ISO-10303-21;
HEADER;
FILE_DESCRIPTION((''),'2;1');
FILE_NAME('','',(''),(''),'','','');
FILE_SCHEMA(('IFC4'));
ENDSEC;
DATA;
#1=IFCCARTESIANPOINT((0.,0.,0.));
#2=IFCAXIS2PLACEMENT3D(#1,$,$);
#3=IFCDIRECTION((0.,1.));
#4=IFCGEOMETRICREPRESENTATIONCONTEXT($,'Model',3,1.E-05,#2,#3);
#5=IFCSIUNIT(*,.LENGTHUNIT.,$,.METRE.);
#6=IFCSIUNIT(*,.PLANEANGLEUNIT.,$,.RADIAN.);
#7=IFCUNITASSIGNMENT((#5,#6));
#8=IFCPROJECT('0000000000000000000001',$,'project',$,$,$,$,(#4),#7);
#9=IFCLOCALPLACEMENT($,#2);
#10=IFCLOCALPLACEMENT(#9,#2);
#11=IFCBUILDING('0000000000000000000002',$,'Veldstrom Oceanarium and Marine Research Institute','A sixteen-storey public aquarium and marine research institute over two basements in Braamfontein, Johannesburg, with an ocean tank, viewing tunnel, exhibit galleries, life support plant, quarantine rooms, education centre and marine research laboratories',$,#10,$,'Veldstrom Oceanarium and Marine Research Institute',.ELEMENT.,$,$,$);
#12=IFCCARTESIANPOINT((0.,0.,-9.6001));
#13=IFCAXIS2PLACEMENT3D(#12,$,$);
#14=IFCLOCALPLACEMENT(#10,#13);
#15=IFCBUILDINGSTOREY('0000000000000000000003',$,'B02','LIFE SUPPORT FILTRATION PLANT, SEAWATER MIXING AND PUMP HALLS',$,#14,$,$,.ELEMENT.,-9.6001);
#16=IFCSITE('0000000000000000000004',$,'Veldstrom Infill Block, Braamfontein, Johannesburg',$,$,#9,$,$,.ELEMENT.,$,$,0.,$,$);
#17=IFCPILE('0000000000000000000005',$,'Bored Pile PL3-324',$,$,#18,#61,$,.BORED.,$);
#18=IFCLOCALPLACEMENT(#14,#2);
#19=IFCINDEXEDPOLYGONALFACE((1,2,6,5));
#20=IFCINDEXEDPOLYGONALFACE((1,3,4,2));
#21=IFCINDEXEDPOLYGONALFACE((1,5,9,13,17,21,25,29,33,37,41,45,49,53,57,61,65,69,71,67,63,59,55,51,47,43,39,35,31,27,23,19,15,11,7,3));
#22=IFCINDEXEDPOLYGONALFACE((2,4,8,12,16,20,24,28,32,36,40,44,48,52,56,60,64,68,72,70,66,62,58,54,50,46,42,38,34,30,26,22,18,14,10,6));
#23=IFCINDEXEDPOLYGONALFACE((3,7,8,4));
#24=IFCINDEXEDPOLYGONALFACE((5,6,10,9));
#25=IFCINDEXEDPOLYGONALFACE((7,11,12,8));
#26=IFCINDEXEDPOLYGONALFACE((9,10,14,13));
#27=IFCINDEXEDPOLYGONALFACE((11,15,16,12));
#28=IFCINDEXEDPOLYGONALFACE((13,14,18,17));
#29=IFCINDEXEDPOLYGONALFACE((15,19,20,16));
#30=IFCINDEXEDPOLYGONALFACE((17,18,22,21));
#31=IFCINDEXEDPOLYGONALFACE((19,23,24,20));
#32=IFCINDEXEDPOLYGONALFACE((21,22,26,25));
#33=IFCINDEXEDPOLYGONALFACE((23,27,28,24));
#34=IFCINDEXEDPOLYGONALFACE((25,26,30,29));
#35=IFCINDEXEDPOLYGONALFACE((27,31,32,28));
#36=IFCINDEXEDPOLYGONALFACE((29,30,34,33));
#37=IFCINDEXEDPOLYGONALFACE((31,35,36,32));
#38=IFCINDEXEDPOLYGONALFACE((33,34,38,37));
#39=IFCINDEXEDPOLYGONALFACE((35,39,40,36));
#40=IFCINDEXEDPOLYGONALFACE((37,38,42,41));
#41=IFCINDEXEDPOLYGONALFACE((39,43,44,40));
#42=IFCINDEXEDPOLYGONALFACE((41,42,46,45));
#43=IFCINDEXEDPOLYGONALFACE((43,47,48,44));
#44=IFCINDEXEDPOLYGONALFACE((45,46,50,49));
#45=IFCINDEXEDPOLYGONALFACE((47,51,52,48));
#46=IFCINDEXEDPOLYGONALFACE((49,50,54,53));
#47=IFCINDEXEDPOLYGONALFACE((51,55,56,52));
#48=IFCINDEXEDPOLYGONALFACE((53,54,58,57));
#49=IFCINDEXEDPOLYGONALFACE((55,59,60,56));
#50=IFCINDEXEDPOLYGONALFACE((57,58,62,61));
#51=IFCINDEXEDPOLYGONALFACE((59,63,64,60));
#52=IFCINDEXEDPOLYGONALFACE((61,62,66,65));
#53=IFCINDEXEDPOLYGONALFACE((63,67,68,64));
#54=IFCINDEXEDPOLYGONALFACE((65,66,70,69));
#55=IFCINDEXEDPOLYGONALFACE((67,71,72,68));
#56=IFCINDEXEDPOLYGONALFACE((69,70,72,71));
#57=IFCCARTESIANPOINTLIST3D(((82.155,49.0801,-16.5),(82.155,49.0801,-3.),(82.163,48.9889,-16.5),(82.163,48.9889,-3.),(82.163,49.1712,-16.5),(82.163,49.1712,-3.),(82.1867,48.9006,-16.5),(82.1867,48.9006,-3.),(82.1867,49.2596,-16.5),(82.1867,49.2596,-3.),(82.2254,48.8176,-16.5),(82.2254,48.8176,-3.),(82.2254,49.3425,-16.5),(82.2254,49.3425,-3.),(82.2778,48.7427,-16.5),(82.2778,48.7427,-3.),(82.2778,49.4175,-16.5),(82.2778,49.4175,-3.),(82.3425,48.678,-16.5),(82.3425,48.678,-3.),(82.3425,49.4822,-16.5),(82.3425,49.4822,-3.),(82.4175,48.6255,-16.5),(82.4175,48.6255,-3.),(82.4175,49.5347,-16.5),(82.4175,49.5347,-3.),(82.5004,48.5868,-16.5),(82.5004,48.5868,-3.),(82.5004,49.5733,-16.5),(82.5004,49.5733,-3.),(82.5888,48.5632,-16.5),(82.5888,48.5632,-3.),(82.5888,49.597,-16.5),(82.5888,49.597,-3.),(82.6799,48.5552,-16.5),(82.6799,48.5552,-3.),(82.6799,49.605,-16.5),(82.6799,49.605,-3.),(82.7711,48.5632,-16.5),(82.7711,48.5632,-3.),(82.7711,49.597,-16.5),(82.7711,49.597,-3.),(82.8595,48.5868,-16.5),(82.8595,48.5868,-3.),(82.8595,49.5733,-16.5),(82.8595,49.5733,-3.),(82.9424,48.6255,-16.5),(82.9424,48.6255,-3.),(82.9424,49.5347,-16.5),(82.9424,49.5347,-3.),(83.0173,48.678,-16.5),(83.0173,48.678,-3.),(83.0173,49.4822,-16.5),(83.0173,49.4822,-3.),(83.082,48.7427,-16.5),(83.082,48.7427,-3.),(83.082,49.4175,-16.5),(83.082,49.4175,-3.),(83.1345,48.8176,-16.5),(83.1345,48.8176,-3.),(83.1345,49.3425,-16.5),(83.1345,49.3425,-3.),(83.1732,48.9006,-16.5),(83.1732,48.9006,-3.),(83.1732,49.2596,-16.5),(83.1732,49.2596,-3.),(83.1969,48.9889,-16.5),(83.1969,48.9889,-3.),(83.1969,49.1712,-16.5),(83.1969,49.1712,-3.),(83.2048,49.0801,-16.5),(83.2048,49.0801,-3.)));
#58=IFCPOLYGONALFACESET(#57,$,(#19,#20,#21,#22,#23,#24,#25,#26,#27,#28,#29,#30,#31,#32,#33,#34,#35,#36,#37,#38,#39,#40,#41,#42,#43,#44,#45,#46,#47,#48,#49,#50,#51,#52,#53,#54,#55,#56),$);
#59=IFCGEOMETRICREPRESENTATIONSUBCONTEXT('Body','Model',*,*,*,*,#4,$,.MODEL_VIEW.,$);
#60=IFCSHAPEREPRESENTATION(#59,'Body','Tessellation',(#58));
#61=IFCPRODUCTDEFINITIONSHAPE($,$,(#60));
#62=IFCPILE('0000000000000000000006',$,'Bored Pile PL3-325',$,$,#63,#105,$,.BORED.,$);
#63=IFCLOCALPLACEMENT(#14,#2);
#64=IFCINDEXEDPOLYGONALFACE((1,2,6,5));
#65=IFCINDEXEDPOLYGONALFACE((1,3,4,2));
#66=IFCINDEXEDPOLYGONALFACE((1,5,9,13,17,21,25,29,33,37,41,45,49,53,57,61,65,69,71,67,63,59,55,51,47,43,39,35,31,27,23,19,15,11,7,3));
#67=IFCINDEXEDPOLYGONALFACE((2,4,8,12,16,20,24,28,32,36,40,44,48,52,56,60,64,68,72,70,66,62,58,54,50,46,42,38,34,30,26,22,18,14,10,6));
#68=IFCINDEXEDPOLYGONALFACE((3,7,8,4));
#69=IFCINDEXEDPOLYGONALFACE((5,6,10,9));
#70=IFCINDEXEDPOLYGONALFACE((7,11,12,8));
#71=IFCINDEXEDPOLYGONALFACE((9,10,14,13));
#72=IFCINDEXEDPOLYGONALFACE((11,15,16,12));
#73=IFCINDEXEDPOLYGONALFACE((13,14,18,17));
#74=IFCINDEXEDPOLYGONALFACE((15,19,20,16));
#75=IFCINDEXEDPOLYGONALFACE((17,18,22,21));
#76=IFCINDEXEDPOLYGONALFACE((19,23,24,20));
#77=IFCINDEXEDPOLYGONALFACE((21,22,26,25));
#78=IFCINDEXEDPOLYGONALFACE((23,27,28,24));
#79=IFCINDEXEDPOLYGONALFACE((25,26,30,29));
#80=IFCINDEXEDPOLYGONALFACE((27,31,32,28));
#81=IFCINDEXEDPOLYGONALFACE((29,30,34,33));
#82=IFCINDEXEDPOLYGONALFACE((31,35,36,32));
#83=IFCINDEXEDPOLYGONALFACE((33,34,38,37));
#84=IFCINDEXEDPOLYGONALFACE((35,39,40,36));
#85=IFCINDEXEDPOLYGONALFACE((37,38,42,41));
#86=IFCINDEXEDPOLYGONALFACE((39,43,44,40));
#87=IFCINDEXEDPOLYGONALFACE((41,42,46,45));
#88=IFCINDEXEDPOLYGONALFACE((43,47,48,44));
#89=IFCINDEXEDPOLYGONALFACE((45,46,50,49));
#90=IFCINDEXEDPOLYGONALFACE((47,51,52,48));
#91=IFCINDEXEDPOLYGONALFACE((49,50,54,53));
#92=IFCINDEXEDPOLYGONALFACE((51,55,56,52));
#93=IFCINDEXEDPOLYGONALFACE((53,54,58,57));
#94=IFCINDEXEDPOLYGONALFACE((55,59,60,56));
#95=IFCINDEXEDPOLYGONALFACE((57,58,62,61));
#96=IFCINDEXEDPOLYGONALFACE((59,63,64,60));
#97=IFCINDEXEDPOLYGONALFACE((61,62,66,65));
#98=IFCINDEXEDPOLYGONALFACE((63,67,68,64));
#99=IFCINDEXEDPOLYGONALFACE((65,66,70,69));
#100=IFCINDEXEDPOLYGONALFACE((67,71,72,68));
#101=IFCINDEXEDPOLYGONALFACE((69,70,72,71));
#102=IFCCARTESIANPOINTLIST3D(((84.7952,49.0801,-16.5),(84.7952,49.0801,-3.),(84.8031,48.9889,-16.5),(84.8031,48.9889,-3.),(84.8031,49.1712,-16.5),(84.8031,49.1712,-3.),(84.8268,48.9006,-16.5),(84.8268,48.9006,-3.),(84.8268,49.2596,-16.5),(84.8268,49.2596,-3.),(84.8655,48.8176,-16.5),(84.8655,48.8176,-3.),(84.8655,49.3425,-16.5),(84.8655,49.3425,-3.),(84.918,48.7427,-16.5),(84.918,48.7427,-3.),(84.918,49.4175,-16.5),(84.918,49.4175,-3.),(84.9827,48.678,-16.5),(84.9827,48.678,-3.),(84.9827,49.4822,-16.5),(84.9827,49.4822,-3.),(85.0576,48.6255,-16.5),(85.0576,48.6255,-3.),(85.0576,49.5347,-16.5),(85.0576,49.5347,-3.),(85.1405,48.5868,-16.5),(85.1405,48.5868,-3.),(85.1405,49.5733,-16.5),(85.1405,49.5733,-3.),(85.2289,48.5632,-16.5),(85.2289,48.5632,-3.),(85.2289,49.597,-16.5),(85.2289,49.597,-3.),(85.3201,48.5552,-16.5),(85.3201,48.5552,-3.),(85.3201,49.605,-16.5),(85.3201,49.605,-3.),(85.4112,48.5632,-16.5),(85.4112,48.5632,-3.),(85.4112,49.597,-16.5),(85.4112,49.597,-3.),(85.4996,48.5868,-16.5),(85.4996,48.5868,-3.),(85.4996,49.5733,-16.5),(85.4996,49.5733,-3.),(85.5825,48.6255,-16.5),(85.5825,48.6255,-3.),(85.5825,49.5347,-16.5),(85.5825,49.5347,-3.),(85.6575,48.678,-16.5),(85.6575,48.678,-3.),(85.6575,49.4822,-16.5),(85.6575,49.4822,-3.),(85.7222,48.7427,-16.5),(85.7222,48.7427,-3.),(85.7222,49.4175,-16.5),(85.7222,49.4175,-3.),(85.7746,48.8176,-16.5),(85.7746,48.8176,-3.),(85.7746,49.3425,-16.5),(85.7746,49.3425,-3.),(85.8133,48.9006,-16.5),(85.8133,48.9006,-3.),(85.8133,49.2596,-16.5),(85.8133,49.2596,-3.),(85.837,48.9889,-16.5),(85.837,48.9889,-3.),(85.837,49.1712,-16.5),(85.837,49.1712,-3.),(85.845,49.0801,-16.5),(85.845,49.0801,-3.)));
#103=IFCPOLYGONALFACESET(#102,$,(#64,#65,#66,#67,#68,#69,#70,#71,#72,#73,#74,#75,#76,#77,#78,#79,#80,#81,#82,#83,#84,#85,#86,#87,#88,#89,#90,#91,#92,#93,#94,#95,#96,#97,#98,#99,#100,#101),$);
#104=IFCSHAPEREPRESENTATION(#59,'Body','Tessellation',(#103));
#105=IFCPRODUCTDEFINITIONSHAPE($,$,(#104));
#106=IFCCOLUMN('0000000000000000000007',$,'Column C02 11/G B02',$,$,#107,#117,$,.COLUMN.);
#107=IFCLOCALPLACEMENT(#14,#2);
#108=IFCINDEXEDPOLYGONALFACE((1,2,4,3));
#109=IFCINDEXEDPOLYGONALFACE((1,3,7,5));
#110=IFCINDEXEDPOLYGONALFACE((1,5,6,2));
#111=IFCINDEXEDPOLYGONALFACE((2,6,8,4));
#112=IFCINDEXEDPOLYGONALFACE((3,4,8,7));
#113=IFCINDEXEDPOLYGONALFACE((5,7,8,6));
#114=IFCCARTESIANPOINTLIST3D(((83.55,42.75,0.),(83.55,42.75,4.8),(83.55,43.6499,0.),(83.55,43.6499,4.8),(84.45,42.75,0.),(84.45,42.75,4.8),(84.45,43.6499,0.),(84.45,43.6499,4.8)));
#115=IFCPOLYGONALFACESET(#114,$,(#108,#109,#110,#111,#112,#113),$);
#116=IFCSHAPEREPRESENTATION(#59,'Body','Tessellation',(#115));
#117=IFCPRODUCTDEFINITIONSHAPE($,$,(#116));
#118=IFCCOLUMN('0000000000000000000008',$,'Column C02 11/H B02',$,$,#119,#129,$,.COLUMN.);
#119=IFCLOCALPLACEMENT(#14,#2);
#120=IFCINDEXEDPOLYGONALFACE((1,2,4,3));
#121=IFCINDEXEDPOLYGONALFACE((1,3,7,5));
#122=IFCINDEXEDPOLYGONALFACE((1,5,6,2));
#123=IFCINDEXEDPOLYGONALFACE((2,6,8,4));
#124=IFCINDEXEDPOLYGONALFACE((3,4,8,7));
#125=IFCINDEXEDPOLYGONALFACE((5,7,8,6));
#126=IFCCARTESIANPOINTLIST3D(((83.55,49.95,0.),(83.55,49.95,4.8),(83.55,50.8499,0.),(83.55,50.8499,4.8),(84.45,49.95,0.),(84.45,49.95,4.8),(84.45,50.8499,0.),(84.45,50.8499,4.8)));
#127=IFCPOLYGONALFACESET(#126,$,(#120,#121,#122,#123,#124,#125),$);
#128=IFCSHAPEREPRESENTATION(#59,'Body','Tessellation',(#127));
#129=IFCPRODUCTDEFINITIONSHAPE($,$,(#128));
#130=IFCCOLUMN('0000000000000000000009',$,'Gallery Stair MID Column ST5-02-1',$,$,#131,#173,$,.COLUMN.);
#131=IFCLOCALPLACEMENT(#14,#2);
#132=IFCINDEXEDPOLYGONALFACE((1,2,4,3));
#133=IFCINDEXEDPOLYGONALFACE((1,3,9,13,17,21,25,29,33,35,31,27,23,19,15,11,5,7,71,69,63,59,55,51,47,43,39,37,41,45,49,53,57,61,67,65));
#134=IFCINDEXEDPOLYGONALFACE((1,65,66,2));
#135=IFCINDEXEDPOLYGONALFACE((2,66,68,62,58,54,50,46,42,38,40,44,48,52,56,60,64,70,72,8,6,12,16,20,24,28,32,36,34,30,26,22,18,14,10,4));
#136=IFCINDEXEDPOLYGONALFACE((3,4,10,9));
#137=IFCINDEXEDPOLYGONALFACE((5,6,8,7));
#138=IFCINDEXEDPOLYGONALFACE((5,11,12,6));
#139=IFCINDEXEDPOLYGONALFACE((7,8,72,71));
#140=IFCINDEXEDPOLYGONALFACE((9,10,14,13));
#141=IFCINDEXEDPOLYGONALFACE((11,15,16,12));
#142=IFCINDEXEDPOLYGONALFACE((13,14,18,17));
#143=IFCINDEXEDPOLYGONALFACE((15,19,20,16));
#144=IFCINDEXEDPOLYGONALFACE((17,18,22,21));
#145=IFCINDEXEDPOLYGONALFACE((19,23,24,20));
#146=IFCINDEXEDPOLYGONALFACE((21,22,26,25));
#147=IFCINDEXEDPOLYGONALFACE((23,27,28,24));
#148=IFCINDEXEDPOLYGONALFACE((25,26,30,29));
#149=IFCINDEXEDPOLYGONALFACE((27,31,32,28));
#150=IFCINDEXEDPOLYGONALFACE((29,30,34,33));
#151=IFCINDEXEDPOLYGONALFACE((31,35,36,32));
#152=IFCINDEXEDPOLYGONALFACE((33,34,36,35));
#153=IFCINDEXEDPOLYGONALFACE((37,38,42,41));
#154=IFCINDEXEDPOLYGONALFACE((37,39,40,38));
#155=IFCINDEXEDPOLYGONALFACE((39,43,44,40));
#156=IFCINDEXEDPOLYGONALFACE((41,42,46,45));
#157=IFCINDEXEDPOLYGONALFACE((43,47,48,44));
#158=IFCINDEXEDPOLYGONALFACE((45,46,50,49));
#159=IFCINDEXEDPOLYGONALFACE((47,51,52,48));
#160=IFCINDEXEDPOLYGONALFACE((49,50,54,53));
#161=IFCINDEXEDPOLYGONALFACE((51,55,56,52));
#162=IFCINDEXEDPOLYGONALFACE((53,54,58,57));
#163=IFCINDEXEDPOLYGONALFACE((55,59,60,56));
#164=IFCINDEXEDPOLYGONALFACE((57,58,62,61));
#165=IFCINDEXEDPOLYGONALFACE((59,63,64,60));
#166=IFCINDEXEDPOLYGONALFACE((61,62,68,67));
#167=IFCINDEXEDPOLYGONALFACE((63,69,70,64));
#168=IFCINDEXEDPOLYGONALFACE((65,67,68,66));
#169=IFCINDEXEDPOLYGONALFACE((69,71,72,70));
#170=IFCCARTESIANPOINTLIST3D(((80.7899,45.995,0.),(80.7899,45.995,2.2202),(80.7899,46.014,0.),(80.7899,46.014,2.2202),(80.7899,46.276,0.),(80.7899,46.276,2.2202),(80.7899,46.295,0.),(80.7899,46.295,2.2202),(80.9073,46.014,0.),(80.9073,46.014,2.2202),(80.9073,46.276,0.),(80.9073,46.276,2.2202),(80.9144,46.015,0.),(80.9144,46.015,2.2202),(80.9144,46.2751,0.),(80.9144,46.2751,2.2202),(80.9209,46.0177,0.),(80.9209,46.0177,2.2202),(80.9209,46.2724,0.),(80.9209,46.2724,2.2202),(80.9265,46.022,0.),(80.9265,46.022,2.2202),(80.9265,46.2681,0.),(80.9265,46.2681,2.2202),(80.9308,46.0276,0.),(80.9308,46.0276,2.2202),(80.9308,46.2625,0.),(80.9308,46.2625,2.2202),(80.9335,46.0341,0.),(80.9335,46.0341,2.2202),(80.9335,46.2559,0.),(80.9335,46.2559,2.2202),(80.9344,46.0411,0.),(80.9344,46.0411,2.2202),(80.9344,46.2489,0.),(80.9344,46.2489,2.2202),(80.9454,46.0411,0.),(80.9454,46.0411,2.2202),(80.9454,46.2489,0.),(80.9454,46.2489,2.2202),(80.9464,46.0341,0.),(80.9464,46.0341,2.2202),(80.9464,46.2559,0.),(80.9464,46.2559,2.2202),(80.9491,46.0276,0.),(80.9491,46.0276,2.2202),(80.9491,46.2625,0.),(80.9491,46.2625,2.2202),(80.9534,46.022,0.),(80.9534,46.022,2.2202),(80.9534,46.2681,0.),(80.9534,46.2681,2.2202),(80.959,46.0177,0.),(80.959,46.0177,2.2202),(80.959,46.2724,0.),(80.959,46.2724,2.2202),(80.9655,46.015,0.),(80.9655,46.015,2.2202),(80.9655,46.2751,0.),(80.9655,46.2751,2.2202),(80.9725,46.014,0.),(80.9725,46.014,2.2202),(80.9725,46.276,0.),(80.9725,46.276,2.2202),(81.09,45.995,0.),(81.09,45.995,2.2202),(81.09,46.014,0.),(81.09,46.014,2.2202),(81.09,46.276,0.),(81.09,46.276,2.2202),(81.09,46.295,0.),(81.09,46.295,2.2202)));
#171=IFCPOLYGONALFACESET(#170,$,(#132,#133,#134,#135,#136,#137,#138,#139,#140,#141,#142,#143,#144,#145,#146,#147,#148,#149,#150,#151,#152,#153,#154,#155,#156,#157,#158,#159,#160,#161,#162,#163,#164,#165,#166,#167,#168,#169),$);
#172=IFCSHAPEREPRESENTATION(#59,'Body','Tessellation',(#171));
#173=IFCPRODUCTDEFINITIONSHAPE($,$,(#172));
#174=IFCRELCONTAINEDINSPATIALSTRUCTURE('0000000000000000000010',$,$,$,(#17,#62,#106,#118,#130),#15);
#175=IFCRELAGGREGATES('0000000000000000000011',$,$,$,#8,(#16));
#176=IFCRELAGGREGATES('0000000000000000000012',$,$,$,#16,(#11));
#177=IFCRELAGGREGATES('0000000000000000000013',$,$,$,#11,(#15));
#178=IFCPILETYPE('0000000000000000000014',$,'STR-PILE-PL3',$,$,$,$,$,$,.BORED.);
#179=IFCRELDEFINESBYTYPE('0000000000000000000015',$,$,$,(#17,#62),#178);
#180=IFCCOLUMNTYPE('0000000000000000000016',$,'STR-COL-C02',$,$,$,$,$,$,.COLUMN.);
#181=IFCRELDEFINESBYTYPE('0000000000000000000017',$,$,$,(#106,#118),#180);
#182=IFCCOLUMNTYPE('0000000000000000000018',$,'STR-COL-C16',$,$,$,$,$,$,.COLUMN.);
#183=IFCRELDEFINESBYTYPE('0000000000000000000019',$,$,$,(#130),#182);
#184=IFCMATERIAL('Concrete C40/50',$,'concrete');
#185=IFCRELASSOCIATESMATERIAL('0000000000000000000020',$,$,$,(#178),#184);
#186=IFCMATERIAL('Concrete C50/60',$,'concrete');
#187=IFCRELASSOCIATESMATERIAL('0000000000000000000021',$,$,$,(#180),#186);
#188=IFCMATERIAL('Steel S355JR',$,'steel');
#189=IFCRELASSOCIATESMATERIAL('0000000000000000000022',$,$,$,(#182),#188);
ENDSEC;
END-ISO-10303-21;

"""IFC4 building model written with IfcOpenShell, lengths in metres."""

from ifc_helpers import new_model, si_unit, direction, frame, origin, origin_2d, place, context, subcontext, project, spatial, rectangle, circle, i_section, extrude, material, material_profile, profile_set, type_object, element, save


model = new_model("IFC4")

# Units and contexts
model_context = context("Model", 3, precision=1e-05, world=origin(), true_north=direction((0.0, 1.0)))
body_context = subcontext(model_context, "Body", "Model", "MODEL_VIEW")
ifc_project = project(units=[si_unit("LENGTHUNIT", "METRE"), si_unit("PLANEANGLEUNIT", "RADIAN")], contexts=[model_context])

# Site, building, storey
site_placement = place(None, origin())
site = spatial("IfcSite", under=ifc_project, at=site_placement, Name="Veldstrom Infill Block, Braamfontein, Johannesburg", CompositionType="ELEMENT", RefElevation=0.0)
building_placement = place(site_placement, origin())
building = spatial("IfcBuilding", under=site, at=building_placement, Name="Veldstrom Oceanarium and Marine Research Institute", Description="A sixteen-storey public aquarium and marine research institute over two basements in Braamfontein, Johannesburg, with an ocean tank, viewing tunnel, exhibit galleries, life support plant, quarantine rooms, education centre and marine research laboratories", LongName="Veldstrom Oceanarium and Marine Research Institute", CompositionType="ELEMENT")
storey_placement = place(building_placement, frame((0.0, 0.0, -9.6001)))
storey = spatial("IfcBuildingStorey", under=building, at=storey_placement, Name="B02", Description="LIFE SUPPORT FILTRATION PLANT, SEAWATER MIXING AND PUMP HALLS", CompositionType="ELEMENT", Elevation=-9.6001)

# Piles
ifc_material_1 = material(Name="Concrete C40/50", Category="concrete")
ifc_material_profile_1 = material_profile(ifc_material_1, circle(Radius=0.5249, at=origin_2d()), Name="PILE-D1050")
ifc_profile_set_1 = profile_set([ifc_material_profile_1], Name="Concrete C40/50")
pile_type = type_object("IfcPileType", Name="STR-PILE-PL3", PredefinedType="BORED", material=ifc_profile_set_1)
for number, where, z_axis, x_axis, name in (
    (1, (82.6799, 49.0801, -3.0), (0.0, 0.0, -1.0), (1.0, 0.0, 0.0), "Bored Pile PL3-324"),
    (2, (85.3201, 49.0801, -3.0), (0.0, 0.0, -1.0), (1.0, 0.0, 0.0), "Bored Pile PL3-325"),
):
    element("IfcPile", number, at=place(storey_placement, frame(where, z_axis=z_axis, x_axis=x_axis)), inside=storey, type_object=pile_type, Name=name, PredefinedType="BORED", context=body_context, shape_type="SweptSolid", body=[
        extrude(circle(Radius=0.5249, at=origin_2d()), origin(), (0.0, 0.0, 1.0), 13.5),
    ])

# Columns
ifc_material_2 = material(Name="Concrete C50/60", Category="concrete")
ifc_material_profile_2 = material_profile(ifc_material_2, rectangle(XDim=0.8999, YDim=0.8999, at=origin_2d()), Name="RC-COL-900x900")
ifc_profile_set_2 = profile_set([ifc_material_profile_2], Name="Concrete C50/60")
column_type_1 = type_object("IfcColumnType", Name="STR-COL-C02", PredefinedType="COLUMN", material=ifc_profile_set_2)
for number, where, z_axis, x_axis, name in (
    (3, (84.0, 43.2, 0.0), (0.0, 0.0, 1.0), (1.0, 0.0, 0.0), "Column C02 11/G B02"),
    (4, (84.0, 50.3999, 0.0), (0.0, 0.0, 1.0), (1.0, 0.0, 0.0), "Column C02 11/H B02"),
):
    element("IfcColumn", number, at=place(storey_placement, frame(where, z_axis=z_axis, x_axis=x_axis)), inside=storey, type_object=column_type_1, Name=name, PredefinedType="COLUMN", context=body_context, shape_type="SweptSolid", body=[
        extrude(rectangle(XDim=0.8999, YDim=0.8999, at=origin_2d()), origin(), (0.0, 0.0, 1.0), 4.8),
    ])
ifc_material_3 = material(Name="Steel S355JR", Category="steel")
ifc_material_profile_3 = material_profile(ifc_material_3, i_section(OverallWidth=0.3, OverallDepth=0.3, WebThickness=0.011, FlangeThickness=0.019, FilletRadius=0.0271, at=origin_2d()), Name="HEB 300")
ifc_profile_set_3 = profile_set([ifc_material_profile_3], Name="Steel S355JR")
column_type_2 = type_object("IfcColumnType", Name="STR-COL-C16", PredefinedType="COLUMN", material=ifc_profile_set_3)
for number, where, z_axis, x_axis, name in (
    (5, (80.9399, 46.145, 0.0), (0.0, 0.0, 1.0), (1.0, 0.0, 0.0), "Gallery Stair MID Column ST5-02-1"),
):
    element("IfcColumn", number, at=place(storey_placement, frame(where, z_axis=z_axis, x_axis=x_axis)), inside=storey, type_object=column_type_2, Name=name, PredefinedType="COLUMN", context=body_context, shape_type="SweptSolid", body=[
        extrude(i_section(OverallWidth=0.3, OverallDepth=0.3, WebThickness=0.011, FlangeThickness=0.019, FilletRadius=0.0271, at=origin_2d()), origin(), (0.0, 0.0, 1.0), 2.2202),
    ])

save(model, "model.ifc")
